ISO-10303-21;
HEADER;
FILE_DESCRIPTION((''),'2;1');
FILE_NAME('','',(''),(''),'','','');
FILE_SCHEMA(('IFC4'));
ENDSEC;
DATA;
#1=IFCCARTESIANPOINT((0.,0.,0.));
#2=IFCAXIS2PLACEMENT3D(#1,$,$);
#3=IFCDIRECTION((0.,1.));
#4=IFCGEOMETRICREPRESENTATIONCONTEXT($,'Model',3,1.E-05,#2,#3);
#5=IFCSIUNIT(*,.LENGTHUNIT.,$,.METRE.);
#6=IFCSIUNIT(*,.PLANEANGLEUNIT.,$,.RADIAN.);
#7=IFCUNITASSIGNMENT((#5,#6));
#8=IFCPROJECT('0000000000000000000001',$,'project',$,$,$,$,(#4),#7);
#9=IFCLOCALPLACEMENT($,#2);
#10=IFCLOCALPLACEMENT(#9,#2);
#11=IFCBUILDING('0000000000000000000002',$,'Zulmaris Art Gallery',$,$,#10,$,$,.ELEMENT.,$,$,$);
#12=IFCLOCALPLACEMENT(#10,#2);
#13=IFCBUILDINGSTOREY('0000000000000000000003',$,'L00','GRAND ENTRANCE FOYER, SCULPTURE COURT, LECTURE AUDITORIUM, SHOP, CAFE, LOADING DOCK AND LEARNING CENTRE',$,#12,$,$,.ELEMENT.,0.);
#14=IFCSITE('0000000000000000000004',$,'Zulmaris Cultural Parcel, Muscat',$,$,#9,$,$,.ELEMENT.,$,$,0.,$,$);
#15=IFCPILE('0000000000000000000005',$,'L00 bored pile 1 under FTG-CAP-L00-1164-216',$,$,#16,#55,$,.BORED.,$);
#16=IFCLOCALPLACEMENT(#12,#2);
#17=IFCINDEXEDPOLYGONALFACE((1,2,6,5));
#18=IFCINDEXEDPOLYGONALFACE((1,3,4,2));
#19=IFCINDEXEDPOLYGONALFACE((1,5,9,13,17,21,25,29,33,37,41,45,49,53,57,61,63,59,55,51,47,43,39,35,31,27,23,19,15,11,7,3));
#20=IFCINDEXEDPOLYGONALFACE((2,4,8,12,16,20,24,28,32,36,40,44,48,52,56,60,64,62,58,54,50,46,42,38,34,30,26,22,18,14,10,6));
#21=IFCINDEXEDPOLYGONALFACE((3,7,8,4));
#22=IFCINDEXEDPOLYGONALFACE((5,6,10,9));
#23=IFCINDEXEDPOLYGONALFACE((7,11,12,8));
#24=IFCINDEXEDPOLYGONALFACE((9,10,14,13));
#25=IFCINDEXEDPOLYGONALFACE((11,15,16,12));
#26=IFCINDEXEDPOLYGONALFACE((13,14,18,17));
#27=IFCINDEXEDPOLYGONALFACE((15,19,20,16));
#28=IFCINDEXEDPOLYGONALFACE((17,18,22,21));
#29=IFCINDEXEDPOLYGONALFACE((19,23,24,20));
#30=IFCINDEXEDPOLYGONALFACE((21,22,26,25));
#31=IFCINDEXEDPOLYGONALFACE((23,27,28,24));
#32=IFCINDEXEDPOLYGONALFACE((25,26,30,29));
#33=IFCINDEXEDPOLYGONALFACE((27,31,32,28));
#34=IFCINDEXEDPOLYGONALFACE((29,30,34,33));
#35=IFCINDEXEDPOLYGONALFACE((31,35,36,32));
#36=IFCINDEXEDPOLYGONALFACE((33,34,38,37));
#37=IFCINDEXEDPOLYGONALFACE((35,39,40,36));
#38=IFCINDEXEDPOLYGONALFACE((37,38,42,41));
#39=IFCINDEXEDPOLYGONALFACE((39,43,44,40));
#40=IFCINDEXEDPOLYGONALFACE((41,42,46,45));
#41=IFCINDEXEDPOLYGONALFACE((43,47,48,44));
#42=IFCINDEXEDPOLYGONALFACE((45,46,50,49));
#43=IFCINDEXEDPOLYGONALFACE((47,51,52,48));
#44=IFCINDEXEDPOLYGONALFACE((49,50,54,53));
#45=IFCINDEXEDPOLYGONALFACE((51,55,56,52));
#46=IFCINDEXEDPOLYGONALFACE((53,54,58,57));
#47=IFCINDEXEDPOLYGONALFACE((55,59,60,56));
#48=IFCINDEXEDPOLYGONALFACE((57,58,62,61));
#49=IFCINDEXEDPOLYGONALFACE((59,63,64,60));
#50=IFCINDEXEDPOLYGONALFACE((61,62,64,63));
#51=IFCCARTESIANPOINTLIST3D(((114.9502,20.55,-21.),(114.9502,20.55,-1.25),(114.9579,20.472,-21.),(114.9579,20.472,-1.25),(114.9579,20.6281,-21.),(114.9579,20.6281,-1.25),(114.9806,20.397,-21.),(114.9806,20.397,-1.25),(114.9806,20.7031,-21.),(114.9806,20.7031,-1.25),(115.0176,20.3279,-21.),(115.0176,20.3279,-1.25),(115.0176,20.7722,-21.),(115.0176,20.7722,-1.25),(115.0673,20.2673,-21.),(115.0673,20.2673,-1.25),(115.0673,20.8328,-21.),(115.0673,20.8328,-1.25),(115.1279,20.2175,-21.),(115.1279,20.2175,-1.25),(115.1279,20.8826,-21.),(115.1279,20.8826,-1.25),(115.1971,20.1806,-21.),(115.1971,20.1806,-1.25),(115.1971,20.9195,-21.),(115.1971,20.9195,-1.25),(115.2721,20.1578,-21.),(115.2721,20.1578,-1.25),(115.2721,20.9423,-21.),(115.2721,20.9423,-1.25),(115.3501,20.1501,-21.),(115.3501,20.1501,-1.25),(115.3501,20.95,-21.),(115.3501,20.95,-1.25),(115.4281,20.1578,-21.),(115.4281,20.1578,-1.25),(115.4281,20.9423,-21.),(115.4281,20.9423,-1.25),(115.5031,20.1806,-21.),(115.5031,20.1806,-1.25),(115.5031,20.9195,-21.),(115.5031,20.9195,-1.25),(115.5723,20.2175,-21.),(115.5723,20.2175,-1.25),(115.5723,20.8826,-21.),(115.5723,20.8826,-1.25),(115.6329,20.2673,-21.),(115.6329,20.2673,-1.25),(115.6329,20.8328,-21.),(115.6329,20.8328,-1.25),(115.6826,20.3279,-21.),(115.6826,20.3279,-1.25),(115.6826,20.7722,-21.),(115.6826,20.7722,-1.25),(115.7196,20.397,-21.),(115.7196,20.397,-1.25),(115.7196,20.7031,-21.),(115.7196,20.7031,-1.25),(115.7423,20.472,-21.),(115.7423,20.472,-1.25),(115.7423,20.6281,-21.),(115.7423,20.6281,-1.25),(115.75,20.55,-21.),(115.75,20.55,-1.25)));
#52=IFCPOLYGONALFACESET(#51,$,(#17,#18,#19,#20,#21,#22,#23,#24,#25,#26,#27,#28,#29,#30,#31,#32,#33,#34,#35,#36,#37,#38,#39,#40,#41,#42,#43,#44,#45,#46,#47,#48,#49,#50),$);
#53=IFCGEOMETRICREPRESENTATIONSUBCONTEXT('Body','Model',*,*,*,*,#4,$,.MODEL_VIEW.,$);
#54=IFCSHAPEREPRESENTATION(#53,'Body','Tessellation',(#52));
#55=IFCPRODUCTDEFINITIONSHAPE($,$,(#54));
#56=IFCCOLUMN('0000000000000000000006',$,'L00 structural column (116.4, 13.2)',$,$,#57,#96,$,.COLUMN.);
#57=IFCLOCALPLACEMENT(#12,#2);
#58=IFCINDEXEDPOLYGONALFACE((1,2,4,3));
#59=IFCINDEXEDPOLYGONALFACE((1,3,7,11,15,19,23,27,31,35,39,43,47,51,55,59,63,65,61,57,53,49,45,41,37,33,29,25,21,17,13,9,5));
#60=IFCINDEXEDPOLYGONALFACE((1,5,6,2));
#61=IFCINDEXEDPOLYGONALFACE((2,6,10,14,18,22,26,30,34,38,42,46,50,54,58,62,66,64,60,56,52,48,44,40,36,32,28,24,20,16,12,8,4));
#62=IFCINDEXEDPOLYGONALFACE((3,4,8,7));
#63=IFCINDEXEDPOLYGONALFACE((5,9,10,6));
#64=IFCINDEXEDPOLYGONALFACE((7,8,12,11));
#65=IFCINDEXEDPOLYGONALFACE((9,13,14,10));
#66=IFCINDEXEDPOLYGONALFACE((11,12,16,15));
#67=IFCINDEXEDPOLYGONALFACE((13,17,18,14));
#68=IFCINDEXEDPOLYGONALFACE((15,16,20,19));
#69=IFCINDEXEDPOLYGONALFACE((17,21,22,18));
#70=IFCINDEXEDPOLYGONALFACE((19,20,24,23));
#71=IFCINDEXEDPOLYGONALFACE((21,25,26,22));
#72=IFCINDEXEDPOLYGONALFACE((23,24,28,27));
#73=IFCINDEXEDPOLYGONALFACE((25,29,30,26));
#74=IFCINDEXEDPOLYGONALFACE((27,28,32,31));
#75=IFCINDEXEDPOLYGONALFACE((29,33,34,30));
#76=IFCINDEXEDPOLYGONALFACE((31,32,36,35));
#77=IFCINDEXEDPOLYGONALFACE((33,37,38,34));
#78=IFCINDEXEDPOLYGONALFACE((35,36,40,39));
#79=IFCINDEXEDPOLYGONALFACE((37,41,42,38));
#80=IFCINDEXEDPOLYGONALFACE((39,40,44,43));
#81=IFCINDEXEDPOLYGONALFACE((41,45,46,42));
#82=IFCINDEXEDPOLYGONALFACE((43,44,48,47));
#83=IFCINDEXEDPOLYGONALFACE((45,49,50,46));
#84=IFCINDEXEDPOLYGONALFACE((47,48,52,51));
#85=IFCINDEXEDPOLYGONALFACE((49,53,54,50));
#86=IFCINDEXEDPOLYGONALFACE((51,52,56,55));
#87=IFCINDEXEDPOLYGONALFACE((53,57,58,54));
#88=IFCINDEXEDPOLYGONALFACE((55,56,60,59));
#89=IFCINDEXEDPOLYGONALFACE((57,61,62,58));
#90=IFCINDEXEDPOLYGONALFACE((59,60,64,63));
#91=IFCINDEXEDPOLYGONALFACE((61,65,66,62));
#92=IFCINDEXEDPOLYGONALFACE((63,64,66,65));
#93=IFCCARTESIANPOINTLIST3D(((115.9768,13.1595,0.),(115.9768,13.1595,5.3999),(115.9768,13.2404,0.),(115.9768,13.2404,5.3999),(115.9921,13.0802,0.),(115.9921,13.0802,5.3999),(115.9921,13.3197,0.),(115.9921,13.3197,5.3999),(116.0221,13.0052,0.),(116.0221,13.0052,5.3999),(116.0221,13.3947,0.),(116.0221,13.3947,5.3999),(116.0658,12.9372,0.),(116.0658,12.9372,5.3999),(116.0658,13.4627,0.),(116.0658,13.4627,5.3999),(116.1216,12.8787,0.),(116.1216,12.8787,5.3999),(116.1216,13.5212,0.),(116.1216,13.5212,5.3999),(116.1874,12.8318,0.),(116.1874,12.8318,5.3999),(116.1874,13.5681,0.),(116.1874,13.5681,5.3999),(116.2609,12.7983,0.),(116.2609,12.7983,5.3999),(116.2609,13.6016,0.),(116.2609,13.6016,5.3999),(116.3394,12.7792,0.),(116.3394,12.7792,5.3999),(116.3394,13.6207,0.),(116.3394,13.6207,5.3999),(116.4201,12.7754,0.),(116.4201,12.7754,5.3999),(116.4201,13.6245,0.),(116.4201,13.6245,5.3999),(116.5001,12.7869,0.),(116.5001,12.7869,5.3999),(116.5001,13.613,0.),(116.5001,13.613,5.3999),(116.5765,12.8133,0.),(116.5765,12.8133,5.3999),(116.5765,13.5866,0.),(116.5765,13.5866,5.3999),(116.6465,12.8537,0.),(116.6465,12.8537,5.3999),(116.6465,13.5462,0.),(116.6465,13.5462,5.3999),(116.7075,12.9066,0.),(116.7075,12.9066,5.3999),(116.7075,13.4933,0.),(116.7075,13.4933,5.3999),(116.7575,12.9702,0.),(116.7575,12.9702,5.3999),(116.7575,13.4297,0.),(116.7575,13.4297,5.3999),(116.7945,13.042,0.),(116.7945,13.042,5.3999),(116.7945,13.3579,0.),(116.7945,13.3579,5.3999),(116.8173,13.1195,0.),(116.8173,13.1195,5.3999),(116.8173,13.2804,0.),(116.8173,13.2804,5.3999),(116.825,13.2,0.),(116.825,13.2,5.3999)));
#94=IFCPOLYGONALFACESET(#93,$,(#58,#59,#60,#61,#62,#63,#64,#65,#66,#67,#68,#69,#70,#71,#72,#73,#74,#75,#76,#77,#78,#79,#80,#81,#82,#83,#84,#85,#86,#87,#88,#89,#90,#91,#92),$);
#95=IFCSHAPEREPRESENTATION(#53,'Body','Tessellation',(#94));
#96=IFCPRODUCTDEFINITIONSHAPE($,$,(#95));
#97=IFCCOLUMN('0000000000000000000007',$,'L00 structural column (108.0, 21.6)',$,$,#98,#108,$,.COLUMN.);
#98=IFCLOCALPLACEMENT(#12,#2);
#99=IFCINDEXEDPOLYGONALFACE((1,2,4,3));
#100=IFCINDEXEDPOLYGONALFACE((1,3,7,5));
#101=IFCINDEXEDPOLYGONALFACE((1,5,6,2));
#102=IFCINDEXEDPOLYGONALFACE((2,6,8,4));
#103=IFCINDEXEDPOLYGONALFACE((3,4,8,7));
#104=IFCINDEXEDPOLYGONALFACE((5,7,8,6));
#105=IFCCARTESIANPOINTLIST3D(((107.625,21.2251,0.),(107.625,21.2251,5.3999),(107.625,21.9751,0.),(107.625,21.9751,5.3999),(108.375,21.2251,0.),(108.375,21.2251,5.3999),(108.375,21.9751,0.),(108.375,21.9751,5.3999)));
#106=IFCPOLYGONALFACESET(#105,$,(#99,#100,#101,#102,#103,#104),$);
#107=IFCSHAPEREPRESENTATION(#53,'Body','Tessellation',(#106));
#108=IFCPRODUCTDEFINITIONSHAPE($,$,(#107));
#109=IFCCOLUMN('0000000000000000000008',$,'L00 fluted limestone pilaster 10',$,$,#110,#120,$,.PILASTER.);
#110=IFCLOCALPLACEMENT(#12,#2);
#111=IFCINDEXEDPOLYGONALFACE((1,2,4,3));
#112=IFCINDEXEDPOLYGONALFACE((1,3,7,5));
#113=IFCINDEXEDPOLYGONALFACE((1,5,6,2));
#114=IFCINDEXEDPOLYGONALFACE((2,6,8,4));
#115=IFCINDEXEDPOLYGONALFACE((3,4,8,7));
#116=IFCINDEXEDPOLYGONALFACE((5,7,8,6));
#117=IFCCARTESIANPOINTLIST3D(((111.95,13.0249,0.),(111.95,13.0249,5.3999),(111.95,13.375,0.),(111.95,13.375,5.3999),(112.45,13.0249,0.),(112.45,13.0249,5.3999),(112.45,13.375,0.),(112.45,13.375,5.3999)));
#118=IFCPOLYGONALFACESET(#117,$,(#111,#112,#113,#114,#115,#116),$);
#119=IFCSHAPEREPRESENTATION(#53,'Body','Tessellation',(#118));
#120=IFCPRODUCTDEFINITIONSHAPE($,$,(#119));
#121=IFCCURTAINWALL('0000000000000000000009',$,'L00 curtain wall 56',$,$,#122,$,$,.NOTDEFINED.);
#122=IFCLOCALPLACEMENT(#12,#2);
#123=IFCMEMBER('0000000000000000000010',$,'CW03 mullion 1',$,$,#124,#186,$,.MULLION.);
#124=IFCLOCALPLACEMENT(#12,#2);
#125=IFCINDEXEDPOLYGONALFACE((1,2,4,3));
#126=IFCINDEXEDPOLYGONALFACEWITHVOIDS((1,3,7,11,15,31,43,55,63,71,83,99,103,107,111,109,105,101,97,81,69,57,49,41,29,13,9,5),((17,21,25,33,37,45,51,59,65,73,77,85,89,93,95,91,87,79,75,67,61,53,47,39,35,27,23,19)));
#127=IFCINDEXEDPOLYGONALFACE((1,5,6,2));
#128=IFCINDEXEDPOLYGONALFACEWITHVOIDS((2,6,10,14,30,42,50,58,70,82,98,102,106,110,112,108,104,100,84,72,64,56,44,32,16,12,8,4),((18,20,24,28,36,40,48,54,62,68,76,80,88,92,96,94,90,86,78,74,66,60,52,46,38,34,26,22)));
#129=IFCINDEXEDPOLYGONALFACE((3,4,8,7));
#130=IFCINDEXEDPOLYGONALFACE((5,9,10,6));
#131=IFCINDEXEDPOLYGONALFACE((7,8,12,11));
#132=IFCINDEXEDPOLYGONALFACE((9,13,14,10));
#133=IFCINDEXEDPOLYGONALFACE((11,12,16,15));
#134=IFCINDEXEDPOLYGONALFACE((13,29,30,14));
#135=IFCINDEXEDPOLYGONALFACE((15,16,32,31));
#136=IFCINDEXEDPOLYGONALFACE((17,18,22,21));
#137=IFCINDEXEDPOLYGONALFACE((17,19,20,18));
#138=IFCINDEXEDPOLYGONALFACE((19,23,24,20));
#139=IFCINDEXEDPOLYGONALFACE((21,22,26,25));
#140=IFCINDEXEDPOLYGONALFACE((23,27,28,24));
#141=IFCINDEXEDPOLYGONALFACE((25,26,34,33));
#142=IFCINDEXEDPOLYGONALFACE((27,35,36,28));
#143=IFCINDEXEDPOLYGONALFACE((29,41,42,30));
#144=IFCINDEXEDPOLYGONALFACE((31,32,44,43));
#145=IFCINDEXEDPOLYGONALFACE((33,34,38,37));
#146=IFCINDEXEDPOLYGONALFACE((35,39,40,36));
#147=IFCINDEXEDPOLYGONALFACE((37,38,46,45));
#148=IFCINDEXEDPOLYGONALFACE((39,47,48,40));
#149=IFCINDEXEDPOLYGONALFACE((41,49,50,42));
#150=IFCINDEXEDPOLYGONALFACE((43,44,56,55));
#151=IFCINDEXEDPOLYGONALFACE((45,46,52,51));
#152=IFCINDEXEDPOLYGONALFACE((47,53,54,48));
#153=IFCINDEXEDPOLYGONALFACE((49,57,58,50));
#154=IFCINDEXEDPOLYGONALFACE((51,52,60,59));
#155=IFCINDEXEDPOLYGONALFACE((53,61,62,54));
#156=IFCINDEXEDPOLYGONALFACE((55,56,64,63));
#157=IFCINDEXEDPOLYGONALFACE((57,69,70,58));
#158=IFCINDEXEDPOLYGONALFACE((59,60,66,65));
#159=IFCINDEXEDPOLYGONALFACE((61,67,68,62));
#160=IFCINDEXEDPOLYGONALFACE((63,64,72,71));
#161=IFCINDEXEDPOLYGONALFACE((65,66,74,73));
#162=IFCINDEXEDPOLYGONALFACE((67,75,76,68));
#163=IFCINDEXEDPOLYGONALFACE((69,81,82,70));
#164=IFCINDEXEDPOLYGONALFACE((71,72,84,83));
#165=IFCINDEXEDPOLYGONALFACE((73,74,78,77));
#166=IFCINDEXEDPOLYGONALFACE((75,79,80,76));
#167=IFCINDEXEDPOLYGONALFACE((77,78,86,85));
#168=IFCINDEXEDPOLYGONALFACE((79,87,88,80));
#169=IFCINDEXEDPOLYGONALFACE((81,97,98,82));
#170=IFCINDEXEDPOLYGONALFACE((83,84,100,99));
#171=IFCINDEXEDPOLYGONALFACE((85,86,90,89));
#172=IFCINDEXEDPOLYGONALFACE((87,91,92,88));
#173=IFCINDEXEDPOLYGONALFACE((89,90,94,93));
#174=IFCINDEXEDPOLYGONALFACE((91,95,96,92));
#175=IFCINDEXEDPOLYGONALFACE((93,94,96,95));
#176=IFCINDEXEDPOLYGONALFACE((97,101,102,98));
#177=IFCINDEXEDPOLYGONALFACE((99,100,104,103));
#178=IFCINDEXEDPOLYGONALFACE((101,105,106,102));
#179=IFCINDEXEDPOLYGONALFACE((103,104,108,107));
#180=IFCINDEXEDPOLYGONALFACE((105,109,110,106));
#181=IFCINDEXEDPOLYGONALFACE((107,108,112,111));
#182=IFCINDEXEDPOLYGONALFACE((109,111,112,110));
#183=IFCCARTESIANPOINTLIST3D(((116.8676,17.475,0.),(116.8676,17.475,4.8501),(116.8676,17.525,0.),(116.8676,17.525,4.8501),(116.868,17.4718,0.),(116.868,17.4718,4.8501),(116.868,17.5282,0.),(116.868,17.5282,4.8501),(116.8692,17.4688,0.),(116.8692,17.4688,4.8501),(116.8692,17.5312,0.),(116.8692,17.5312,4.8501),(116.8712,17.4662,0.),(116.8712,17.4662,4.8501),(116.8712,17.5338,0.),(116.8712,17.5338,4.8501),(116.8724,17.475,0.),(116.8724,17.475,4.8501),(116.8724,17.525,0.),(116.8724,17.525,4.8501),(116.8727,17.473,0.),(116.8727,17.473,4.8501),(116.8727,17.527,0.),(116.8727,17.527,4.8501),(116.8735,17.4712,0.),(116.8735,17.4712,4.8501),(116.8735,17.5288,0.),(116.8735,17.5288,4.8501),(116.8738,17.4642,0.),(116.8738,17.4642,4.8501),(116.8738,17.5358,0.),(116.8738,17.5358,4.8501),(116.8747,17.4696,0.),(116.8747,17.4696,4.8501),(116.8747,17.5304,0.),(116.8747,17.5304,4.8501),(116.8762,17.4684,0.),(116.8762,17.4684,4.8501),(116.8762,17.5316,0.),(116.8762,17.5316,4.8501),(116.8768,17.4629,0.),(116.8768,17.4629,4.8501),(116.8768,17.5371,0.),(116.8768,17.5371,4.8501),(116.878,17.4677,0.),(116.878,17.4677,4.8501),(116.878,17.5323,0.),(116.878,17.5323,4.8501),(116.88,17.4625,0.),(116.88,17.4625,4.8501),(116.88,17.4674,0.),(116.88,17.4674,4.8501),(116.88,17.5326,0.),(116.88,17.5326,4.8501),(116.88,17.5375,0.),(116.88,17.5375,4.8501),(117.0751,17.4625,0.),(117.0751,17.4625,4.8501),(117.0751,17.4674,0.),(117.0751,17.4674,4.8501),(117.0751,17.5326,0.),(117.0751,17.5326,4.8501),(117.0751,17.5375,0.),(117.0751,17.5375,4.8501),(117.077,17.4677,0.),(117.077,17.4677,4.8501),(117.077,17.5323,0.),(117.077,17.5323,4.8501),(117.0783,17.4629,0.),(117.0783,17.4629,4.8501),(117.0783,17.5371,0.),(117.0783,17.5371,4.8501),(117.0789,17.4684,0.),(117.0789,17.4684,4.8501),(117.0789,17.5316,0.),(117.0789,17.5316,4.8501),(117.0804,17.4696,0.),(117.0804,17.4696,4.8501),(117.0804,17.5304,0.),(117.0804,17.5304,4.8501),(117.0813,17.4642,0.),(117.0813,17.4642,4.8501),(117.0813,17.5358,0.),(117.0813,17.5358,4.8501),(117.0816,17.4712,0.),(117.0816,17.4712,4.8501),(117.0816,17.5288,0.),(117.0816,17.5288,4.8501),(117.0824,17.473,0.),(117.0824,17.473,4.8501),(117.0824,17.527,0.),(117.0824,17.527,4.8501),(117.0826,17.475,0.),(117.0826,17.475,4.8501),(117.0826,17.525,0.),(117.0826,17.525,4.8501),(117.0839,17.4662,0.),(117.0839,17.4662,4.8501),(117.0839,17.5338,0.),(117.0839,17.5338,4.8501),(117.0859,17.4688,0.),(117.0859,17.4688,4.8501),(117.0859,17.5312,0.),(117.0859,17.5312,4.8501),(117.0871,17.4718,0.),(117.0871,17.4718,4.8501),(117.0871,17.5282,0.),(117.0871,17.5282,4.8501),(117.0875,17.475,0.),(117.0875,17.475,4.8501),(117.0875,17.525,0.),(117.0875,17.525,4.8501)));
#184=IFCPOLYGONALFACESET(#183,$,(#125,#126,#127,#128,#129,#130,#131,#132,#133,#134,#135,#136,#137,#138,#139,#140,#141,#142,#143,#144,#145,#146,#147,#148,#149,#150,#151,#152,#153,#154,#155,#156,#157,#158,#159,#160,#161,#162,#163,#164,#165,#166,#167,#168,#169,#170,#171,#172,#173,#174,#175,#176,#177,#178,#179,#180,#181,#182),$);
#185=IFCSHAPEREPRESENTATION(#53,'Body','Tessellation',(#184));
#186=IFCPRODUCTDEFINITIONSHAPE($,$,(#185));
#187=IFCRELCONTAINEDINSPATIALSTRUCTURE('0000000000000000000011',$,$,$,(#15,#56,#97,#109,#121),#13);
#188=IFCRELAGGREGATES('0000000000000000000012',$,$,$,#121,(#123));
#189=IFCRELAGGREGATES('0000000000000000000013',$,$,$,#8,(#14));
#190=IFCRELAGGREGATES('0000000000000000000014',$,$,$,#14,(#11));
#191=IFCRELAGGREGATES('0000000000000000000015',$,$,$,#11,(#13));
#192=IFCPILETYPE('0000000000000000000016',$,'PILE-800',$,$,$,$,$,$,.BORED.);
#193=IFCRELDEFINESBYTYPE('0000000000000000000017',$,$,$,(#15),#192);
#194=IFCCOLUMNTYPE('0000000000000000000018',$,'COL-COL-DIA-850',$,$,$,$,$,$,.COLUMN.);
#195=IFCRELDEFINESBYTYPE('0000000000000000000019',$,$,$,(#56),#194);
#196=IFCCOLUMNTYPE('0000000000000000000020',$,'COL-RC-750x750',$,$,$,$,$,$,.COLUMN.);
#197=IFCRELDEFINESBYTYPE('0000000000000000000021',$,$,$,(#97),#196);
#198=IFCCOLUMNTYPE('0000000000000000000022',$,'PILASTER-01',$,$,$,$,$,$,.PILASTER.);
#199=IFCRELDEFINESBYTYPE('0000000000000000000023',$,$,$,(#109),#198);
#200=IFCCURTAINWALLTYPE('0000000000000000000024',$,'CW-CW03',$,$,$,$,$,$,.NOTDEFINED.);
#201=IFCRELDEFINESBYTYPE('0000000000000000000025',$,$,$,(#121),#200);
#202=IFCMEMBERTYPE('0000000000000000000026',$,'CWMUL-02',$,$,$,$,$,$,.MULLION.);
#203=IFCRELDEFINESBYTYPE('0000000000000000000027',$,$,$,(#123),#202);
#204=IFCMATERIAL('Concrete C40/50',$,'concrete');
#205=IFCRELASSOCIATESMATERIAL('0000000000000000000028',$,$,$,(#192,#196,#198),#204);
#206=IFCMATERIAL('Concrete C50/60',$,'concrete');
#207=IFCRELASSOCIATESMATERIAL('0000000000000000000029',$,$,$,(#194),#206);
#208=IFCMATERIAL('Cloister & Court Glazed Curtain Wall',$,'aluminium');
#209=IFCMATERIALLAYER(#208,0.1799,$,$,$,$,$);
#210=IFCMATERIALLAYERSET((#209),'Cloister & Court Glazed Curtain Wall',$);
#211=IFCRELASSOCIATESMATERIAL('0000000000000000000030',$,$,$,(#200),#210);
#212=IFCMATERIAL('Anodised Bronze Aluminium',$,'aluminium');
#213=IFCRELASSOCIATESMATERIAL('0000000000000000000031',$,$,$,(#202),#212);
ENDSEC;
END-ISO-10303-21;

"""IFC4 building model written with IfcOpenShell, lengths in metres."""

from ifc_helpers import new_model, si_unit, direction, frame, origin, origin_2d, place, context, subcontext, project, spatial, rectangle, hollow_rectangle, circle, extrude, material, layer, layer_set, material_profile, profile_set, type_object, element, aggregate, save


model = new_model("IFC4")

# Units and contexts
model_context = context("Model", 3, precision=1e-05, world=origin(), true_north=direction((0.0, 1.0)))
body_context = subcontext(model_context, "Body", "Model", "MODEL_VIEW")
ifc_project = project(units=[si_unit("LENGTHUNIT", "METRE"), si_unit("PLANEANGLEUNIT", "RADIAN")], contexts=[model_context])

# Site, building, storey
site_placement = place(None, origin())
site = spatial("IfcSite", under=ifc_project, at=site_placement, Name="Zulmaris Cultural Parcel, Muscat", CompositionType="ELEMENT", RefElevation=0.0)
building_placement = place(site_placement, origin())
building = spatial("IfcBuilding", under=site, at=building_placement, Name="Zulmaris Art Gallery", CompositionType="ELEMENT")
storey_placement = place(building_placement, origin())
storey = spatial("IfcBuildingStorey", under=building, at=storey_placement, Name="L00", Description="GRAND ENTRANCE FOYER, SCULPTURE COURT, LECTURE AUDITORIUM, SHOP, CAFE, LOADING DOCK AND LEARNING CENTRE", CompositionType="ELEMENT", Elevation=0.0)

# Pile
ifc_material_1 = material(Name="Concrete C40/50", Category="concrete")
ifc_material_profile_1 = material_profile(ifc_material_1, circle(Radius=0.3999, at=origin_2d()), Name="PILE DIA 800")
ifc_profile_set_1 = profile_set([ifc_material_profile_1], Name="Concrete C40/50")
pile_type = type_object("IfcPileType", Name="PILE-800", PredefinedType="BORED", material=ifc_profile_set_1)
for number, where, z_axis, x_axis, name in (
    (1, (115.3501, 20.55, -1.25), (0.0, 0.0, -1.0), (1.0, 0.0, 0.0), "L00 bored pile 1 under FTG-CAP-L00-1164-216"),
):
    element("IfcPile", number, at=place(storey_placement, frame(where, z_axis=z_axis, x_axis=x_axis)), inside=storey, type_object=pile_type, Name=name, PredefinedType="BORED", context=body_context, shape_type="SweptSolid", body=[
        extrude(circle(Radius=0.3999, at=origin_2d()), origin(), (0.0, 0.0, 1.0), 19.75),
    ])

# Columns
ifc_material_2 = material(Name="Concrete C50/60", Category="concrete")
ifc_material_profile_2 = material_profile(ifc_material_2, circle(Radius=0.425, at=origin_2d()), Name="COL DIA 850")
ifc_profile_set_2 = profile_set([ifc_material_profile_2], Name="Concrete C50/60")
column_type_1 = type_object("IfcColumnType", Name="COL-COL-DIA-850", PredefinedType="COLUMN", material=ifc_profile_set_2)
column_1_placement = place(storey_placement, frame((116.3999, 13.2, 0.0), z_axis=(0.0, 0.0, 1.0), x_axis=(1.0, 0.0, 0.0)))
element("IfcColumn", 2, at=column_1_placement, inside=storey, type_object=column_type_1, Name="L00 structural column (116.4, 13.2)", PredefinedType="COLUMN", context=body_context, shape_type="SweptSolid", body=[
    extrude(circle(Radius=0.425, at=origin_2d()), origin(), (0.0, 0.0, 1.0), 5.3999),
])
ifc_material_profile_3 = material_profile(ifc_material_1, rectangle(XDim=0.75, YDim=0.75, at=origin_2d()), Name="RC 750x750")
ifc_profile_set_3 = profile_set([ifc_material_profile_3], Name="Concrete C40/50")
column_type_2 = type_object("IfcColumnType", Name="COL-RC-750x750", PredefinedType="COLUMN", material=ifc_profile_set_3)
column_2_placement = place(storey_placement, frame((108.0, 21.6001, 0.0), z_axis=(0.0, 0.0, 1.0), x_axis=(1.0, 0.0, 0.0)))
element("IfcColumn", 3, at=column_2_placement, inside=storey, type_object=column_type_2, Name="L00 structural column (108.0, 21.6)", PredefinedType="COLUMN", context=body_context, shape_type="SweptSolid", body=[
    extrude(rectangle(XDim=0.75, YDim=0.75, at=origin_2d()), origin(), (0.0, 0.0, 1.0), 5.3999),
])
ifc_material_profile_4 = material_profile(ifc_material_1, rectangle(XDim=0.5, YDim=0.3501, at=origin_2d()), Name="PIL 500x350")
ifc_profile_set_4 = profile_set([ifc_material_profile_4], Name="Concrete C40/50")
column_type_3 = type_object("IfcColumnType", Name="PILASTER-01", PredefinedType="PILASTER", material=ifc_profile_set_4)
column_3_placement = place(storey_placement, frame((112.2, 13.2, 0.0), z_axis=(0.0, 0.0, 1.0), x_axis=(1.0, 0.0, 0.0)))
element("IfcColumn", 4, at=column_3_placement, inside=storey, type_object=column_type_3, Name="L00 fluted limestone pilaster 10", PredefinedType="PILASTER", context=body_context, shape_type="SweptSolid", body=[
    extrude(rectangle(XDim=0.5, YDim=0.3501, at=origin_2d()), origin(), (0.0, 0.0, 1.0), 5.3999),
])

# Curtain wall, member
ifc_material_3 = material(Name="Cloister & Court Glazed Curtain Wall", Category="aluminium")
ifc_layer_1 = layer(ifc_material_3, 0.1799)
ifc_layer_set_1 = layer_set([ifc_layer_1], Name="Cloister & Court Glazed Curtain Wall")
curtain_wall_type = type_object("IfcCurtainWallType", Name="CW-CW03", PredefinedType="NOTDEFINED", material=ifc_layer_set_1)
curtain_wall_1_placement = place(storey_placement, origin())
curtain_wall_1 = element("IfcCurtainWall", 5, at=curtain_wall_1_placement, inside=storey, type_object=curtain_wall_type, Name="L00 curtain wall 56", PredefinedType="NOTDEFINED")
ifc_material_4 = material(Name="Anodised Bronze Aluminium", Category="aluminium")
ifc_material_profile_5 = material_profile(ifc_material_4, hollow_rectangle(XDim=0.075, YDim=0.22, WallThickness=0.0049, InnerFilletRadius=0.0076, OuterFilletRadius=0.0125, at=origin_2d()), Name="ALU 75x220x5")
ifc_profile_set_5 = profile_set([ifc_material_profile_5], Name="Anodised Bronze Aluminium")
member_type_1 = type_object("IfcMemberType", Name="CWMUL-02", PredefinedType="MULLION", material=ifc_profile_set_5)
member_1_placement = place(storey_placement, frame((116.9775, 17.5, 0.0), z_axis=(0.0, 0.0, 1.0), x_axis=(0.0, 1.0, 0.0)))
member_1 = element("IfcMember", 6, at=member_1_placement, type_object=member_type_1, Name="CW03 mullion 1", PredefinedType="MULLION", context=body_context, shape_type="SweptSolid", body=[
    extrude(hollow_rectangle(XDim=0.075, YDim=0.22, WallThickness=0.0049, InnerFilletRadius=0.0076, OuterFilletRadius=0.0125, at=origin_2d()), origin(), (0.0, 0.0, 1.0), 4.8501),
])

aggregate(curtain_wall_1, [member_1])

save(model, "model.ifc")
